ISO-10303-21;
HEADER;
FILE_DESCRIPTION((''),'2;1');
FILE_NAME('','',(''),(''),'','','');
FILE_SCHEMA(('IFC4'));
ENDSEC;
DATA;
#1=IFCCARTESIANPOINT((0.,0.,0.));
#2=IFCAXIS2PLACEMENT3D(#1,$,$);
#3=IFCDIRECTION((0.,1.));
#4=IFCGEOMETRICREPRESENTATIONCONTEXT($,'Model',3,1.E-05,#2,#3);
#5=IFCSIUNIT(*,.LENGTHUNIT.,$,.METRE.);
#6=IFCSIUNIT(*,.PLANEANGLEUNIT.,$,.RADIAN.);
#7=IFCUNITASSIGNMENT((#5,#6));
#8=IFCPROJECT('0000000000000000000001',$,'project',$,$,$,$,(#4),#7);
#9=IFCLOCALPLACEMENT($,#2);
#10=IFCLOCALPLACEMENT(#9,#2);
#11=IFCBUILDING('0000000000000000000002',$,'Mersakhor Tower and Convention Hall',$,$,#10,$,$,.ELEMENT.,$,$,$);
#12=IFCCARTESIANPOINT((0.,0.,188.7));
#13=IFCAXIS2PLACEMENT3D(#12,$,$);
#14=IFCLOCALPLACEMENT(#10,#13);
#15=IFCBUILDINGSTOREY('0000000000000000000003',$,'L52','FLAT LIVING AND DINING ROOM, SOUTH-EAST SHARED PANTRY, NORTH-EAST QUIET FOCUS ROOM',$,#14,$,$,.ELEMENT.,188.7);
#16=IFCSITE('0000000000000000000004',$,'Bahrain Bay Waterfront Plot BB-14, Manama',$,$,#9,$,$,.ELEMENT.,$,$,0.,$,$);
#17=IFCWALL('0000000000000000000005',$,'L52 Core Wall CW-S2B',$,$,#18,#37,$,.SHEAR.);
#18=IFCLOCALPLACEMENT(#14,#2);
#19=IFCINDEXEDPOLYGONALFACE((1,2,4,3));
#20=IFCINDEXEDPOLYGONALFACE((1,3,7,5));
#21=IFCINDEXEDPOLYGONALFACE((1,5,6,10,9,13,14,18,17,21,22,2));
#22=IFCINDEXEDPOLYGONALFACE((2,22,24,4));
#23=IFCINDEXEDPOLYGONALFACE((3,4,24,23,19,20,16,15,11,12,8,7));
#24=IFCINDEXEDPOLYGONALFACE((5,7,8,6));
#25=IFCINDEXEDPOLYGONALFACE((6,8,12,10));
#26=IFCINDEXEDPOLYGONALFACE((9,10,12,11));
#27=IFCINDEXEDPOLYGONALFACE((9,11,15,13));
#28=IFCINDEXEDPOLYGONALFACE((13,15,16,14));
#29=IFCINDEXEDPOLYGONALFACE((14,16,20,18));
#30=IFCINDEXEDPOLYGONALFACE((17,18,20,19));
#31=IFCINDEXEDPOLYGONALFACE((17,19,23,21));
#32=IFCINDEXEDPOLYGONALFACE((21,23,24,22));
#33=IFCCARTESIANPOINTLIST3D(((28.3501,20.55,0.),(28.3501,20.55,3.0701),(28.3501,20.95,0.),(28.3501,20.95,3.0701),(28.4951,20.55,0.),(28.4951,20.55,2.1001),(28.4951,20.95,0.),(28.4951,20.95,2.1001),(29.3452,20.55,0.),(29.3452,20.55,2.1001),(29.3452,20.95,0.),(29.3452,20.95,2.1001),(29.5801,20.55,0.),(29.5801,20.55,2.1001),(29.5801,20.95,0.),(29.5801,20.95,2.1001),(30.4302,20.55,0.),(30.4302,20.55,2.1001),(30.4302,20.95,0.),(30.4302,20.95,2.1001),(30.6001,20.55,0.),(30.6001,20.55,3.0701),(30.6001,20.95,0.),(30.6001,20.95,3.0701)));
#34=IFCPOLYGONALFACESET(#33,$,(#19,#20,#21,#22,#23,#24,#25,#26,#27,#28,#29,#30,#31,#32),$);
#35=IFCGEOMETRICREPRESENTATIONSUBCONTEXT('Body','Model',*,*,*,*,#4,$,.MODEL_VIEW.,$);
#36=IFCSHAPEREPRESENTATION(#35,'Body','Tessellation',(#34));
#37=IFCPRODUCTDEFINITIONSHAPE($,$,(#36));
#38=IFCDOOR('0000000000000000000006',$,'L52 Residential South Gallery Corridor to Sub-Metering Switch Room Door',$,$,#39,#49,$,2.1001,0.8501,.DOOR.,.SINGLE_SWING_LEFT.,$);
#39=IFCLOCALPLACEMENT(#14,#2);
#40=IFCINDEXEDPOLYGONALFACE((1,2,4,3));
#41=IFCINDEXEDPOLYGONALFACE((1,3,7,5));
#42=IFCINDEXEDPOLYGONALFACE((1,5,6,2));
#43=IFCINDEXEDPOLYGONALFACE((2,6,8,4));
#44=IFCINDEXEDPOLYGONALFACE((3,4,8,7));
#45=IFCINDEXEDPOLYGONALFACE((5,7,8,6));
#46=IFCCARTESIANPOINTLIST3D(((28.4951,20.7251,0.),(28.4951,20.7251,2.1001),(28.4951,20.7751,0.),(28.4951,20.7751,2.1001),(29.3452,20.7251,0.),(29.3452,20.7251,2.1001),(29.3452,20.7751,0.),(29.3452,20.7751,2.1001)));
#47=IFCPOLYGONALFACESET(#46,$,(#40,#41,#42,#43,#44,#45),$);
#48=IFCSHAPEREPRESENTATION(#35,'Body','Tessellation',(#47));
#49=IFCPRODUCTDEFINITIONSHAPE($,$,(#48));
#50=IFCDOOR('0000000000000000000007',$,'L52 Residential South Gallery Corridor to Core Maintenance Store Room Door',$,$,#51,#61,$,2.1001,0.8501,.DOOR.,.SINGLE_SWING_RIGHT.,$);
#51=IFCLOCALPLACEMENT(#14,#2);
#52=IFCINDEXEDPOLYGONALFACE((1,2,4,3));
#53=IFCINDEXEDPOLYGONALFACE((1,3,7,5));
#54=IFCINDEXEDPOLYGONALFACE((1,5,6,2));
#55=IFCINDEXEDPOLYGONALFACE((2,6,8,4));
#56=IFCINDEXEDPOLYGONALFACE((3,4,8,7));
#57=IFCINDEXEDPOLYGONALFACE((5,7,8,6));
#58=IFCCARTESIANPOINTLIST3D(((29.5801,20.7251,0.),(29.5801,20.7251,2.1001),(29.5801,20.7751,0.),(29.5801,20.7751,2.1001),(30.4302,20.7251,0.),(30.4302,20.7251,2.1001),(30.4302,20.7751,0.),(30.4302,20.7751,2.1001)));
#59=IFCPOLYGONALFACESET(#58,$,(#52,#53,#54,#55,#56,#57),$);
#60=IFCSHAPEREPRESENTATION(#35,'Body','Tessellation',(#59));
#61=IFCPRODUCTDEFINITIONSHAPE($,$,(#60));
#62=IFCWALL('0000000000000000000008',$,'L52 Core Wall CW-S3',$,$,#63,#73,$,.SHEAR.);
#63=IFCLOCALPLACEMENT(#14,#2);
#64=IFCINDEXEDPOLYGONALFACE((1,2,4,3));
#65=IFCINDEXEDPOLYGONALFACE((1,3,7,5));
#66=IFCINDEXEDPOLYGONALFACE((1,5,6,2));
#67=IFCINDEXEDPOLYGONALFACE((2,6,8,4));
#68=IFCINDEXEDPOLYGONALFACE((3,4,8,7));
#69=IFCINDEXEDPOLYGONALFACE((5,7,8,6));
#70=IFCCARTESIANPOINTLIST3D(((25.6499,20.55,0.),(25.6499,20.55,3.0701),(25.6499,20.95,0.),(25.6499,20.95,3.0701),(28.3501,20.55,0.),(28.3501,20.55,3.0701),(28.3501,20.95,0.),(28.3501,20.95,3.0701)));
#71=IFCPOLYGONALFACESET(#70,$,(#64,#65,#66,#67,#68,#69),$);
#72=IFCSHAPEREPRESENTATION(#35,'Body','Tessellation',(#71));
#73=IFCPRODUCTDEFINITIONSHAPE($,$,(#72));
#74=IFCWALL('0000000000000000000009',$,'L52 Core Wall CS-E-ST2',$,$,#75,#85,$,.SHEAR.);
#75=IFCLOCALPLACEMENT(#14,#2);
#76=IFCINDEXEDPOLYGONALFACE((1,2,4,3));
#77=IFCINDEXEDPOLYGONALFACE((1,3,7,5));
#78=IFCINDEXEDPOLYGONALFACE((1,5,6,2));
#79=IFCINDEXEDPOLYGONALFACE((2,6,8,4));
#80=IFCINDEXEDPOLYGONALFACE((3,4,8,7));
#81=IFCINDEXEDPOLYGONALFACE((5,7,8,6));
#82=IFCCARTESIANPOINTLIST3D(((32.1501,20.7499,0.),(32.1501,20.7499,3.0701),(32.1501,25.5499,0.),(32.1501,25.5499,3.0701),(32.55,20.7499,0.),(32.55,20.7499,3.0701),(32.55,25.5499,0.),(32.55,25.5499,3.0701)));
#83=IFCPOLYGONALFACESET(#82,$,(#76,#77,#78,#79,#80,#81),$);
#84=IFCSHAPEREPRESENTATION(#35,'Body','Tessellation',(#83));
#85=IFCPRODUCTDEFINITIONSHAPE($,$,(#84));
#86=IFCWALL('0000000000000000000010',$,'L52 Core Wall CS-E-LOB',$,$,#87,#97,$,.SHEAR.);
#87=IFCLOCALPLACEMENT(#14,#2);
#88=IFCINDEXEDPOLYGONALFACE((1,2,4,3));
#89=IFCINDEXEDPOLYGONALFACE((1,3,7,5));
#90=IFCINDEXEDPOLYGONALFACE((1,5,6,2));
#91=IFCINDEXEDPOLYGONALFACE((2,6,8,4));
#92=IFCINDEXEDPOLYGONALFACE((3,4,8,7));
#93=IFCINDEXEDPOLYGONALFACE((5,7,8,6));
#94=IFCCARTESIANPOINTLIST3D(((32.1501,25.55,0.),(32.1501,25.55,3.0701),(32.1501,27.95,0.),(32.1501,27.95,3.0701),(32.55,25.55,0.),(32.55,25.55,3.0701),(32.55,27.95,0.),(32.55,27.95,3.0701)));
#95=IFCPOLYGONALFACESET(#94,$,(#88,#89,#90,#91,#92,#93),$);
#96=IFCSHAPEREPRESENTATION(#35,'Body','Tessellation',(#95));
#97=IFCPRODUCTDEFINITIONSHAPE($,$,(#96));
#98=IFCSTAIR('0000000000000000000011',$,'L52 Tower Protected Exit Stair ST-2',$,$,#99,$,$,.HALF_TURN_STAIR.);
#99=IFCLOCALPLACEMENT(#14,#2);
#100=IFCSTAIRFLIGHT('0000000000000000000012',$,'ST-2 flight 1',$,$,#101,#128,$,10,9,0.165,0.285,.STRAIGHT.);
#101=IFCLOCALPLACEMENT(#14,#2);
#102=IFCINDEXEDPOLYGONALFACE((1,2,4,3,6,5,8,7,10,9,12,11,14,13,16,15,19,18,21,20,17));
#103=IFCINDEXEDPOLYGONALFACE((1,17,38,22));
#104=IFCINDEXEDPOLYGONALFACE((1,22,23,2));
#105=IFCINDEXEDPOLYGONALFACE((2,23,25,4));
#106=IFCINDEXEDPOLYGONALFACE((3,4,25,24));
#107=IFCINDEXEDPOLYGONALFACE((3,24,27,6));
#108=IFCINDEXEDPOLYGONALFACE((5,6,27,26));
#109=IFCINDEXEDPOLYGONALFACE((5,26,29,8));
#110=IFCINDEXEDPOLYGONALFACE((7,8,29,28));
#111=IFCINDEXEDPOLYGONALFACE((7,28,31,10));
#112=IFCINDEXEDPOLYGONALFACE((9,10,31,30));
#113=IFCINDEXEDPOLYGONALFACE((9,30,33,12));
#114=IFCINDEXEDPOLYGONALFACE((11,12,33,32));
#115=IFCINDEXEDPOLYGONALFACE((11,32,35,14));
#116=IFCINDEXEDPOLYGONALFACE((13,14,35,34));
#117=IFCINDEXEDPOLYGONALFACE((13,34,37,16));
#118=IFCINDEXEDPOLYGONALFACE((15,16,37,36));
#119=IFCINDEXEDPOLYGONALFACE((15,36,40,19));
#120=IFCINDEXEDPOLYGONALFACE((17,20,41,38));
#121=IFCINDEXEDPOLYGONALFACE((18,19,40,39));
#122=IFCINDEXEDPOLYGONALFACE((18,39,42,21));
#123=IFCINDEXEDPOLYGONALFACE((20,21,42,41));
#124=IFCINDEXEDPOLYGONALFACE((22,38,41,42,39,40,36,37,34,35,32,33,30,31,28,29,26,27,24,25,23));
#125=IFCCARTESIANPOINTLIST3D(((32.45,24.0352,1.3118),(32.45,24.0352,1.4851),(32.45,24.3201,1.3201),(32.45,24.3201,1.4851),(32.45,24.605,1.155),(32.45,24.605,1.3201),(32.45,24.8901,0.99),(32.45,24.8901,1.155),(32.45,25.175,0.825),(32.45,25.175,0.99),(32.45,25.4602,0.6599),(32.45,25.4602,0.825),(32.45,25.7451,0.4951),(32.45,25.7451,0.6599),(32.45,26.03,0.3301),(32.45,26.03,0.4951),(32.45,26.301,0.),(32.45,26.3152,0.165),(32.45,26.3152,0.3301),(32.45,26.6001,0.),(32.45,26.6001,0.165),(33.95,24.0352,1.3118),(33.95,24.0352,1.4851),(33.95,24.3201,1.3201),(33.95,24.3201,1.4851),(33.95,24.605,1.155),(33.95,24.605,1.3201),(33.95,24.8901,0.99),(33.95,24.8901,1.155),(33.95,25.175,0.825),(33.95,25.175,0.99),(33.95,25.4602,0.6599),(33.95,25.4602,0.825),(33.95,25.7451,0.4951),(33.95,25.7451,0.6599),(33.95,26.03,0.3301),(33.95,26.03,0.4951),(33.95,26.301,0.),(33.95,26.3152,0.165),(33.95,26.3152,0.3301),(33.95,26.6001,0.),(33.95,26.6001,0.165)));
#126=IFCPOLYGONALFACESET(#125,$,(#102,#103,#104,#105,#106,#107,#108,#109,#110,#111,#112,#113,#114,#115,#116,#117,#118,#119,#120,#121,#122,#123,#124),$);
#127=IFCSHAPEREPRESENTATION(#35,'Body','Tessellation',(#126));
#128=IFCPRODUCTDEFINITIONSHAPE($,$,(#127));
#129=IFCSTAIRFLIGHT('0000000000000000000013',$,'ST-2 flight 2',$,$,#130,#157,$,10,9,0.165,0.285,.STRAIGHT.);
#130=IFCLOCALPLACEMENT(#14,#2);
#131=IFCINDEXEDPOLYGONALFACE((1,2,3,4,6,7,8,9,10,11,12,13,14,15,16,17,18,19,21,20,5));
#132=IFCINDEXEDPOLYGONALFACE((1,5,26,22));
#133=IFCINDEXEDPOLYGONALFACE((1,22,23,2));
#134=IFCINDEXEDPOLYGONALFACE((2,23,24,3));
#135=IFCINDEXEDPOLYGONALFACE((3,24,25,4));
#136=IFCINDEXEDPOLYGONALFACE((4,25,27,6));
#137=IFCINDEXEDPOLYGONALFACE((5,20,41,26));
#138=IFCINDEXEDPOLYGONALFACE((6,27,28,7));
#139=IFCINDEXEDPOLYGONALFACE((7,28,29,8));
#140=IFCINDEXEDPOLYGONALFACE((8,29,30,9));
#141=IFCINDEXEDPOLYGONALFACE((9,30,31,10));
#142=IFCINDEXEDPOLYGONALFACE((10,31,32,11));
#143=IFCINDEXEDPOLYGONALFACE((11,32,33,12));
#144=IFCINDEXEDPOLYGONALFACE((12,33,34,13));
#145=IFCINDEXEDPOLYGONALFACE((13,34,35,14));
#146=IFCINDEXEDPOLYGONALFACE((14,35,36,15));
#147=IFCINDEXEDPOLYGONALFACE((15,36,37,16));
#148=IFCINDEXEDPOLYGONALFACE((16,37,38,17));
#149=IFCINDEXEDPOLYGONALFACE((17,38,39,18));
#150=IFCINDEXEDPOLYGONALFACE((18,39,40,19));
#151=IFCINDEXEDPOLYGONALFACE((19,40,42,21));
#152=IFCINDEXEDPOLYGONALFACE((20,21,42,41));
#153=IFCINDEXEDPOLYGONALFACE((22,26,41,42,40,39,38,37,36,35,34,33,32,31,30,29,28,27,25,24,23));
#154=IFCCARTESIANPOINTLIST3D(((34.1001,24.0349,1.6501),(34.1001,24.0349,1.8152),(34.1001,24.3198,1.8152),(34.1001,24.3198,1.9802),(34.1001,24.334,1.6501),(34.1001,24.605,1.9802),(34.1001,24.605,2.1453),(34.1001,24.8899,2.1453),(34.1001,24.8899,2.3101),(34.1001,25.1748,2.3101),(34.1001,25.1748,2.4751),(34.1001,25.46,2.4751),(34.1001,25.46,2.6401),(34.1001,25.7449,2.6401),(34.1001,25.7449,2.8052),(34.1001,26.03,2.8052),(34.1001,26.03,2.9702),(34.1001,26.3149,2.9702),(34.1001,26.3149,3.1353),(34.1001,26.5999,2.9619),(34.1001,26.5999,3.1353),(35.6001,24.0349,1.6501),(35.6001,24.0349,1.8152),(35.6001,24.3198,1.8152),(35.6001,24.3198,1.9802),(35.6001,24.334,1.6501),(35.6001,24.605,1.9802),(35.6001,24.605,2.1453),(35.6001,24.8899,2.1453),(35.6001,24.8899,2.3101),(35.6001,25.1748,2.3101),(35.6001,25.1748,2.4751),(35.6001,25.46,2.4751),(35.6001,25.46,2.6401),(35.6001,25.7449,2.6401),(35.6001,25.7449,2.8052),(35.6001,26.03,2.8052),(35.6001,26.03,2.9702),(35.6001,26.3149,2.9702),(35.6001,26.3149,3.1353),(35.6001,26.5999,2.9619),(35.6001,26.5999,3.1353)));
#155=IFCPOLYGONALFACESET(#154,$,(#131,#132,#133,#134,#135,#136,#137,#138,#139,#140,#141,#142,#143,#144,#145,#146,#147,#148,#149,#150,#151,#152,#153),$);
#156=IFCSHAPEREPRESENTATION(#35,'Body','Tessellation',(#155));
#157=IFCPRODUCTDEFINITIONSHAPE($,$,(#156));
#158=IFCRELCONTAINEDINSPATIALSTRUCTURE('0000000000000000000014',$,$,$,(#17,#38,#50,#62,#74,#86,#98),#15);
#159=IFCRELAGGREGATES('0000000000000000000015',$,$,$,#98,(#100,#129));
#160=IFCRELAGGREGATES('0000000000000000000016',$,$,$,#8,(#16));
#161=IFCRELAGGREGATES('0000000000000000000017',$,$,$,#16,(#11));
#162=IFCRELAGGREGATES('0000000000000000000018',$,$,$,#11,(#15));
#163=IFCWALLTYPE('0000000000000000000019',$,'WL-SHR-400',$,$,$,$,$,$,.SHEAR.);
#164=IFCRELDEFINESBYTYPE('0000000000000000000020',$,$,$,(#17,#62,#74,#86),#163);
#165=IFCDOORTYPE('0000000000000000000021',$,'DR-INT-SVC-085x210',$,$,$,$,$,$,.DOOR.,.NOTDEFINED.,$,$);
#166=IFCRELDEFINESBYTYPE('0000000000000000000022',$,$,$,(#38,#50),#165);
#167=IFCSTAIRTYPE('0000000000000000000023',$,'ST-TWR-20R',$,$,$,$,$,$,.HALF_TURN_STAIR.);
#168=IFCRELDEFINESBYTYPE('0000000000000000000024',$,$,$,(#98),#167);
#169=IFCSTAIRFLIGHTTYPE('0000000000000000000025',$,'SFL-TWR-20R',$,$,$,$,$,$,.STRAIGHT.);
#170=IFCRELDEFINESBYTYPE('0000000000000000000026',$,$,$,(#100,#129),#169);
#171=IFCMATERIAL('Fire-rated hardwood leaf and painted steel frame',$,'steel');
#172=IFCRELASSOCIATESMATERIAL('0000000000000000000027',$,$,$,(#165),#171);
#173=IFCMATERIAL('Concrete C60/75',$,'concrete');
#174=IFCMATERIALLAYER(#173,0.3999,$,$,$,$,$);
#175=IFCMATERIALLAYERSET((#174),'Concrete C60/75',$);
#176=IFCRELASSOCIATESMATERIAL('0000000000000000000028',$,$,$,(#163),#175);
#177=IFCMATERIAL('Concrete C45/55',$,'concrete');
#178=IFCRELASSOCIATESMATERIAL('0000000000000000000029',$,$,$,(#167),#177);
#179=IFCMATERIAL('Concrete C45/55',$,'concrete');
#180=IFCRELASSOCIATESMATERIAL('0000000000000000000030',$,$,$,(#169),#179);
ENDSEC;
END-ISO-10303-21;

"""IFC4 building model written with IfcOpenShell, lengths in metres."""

from ifc_helpers import new_model, si_unit, direction, frame, frame_2d, origin, place, context, subcontext, project, spatial, polyline, rectangle, outline, extrude, material, layer, layer_set, type_object, element, fill, aggregate, save


model = new_model("IFC4")

# Units and contexts
model_context = context("Model", 3, precision=1e-05, world=origin(), true_north=direction((0.0, 1.0)))
body_context = subcontext(model_context, "Body", "Model", "MODEL_VIEW")
ifc_project = project(units=[si_unit("LENGTHUNIT", "METRE"), si_unit("PLANEANGLEUNIT", "RADIAN")], contexts=[model_context])

# Site, building, storey
site_placement = place(None, origin())
site = spatial("IfcSite", under=ifc_project, at=site_placement, Name="Bahrain Bay Waterfront Plot BB-14, Manama", CompositionType="ELEMENT", RefElevation=0.0)
building_placement = place(site_placement, origin())
building = spatial("IfcBuilding", under=site, at=building_placement, Name="Mersakhor Tower and Convention Hall", CompositionType="ELEMENT")
storey_placement = place(building_placement, frame((0.0, 0.0, 188.7)))
storey = spatial("IfcBuildingStorey", under=building, at=storey_placement, Name="L52", Description="FLAT LIVING AND DINING ROOM, SOUTH-EAST SHARED PANTRY, NORTH-EAST QUIET FOCUS ROOM", CompositionType="ELEMENT", Elevation=188.7)

# Shared definitions
ifc_material_1 = material(Name="Fire-rated hardwood leaf and painted steel frame", Category="steel")
door_type_1 = type_object("IfcDoorType", Name="DR-INT-SVC-085x210", OperationType="NOTDEFINED", PredefinedType="DOOR", material=ifc_material_1)

# Shared definitions
ifc_material_2 = material(Name="Concrete C60/75", Category="concrete")
ifc_layer_1 = layer(ifc_material_2, 0.3999)
ifc_layer_set_1 = layer_set([ifc_layer_1], Name="Concrete C60/75")
wall_type_1 = type_object("IfcWallType", Name="WL-SHR-400", PredefinedType="SHEAR", material=ifc_layer_set_1)

# Wall, openings, doors
wall_1_placement = place(storey_placement, frame((30.6001, 20.75, 0.0), z_axis=(0.0, 0.0, 1.0), x_axis=(-1.0, 0.0, 0.0)))
wall_1 = element("IfcWall", 1, at=wall_1_placement, inside=storey, type_object=wall_type_1, Name="L52 Core Wall CW-S2B", PredefinedType="SHEAR", context=body_context, shape_type="SweptSolid", body=[
    extrude(rectangle(XDim=2.25, YDim=0.3999, at=frame_2d((1.125, 0.0))), origin(), (0.0, 0.0, 1.0), 3.0701),
])
opening_1_placement = place(wall_1_placement, frame((1.2549, 0.0, 0.0)))
opening_1 = element("IfcOpeningElement", 2, at=opening_1_placement, cuts=wall_1, PredefinedType="OPENING", context=body_context, shape_type="SweptSolid", body=[
    extrude(rectangle(XDim=0.8501, YDim=2.1001, at=frame_2d((0.425, 1.05))), frame((0.0, 0.21, 0.0), z_axis=(0.0, -1.0, 0.0), x_axis=(1.0, 0.0, 0.0)), (0.0, 0.0, 1.0), 0.4199),
])
opening_2_placement = place(wall_1_placement, frame((0.1699, 0.0, 0.0)))
opening_2 = element("IfcOpeningElement", 3, at=opening_2_placement, cuts=wall_1, PredefinedType="OPENING", context=body_context, shape_type="SweptSolid", body=[
    extrude(rectangle(XDim=0.8501, YDim=2.1001, at=frame_2d((0.425, 1.05))), frame((0.0, 0.21, 0.0), z_axis=(0.0, -1.0, 0.0), x_axis=(1.0, 0.0, 0.0)), (0.0, 0.0, 1.0), 0.4199),
])
door_1_placement = place(opening_1_placement, origin())
door_1 = element("IfcDoor", 4, at=door_1_placement, inside=storey, type_object=door_type_1, Name="L52 Residential South Gallery Corridor to Sub-Metering Switch Room Door", OperationType="SINGLE_SWING_LEFT", OverallHeight=2.1001, OverallWidth=0.8501, PredefinedType="DOOR", context=body_context, shape_type="SweptSolid", body=[
    extrude(rectangle(XDim=0.8501, YDim=2.1001, at=frame_2d((0.425, 1.05))), frame((0.0, 0.0249, 0.0), z_axis=(0.0, -1.0, 0.0), x_axis=(1.0, 0.0, 0.0)), (0.0, 0.0, 1.0), 0.05),
])
fill(opening_1, door_1)
door_2_placement = place(opening_2_placement, origin())
door_2 = element("IfcDoor", 5, at=door_2_placement, inside=storey, type_object=door_type_1, Name="L52 Residential South Gallery Corridor to Core Maintenance Store Room Door", OperationType="SINGLE_SWING_RIGHT", OverallHeight=2.1001, OverallWidth=0.8501, PredefinedType="DOOR", context=body_context, shape_type="SweptSolid", body=[
    extrude(rectangle(XDim=0.8501, YDim=2.1001, at=frame_2d((0.425, 1.05))), frame((0.0, 0.0249, 0.0), z_axis=(0.0, -1.0, 0.0), x_axis=(1.0, 0.0, 0.0)), (0.0, 0.0, 1.0), 0.05),
])
fill(opening_2, door_2)

# Walls
wall_2_placement = place(storey_placement, frame((28.3501, 20.75, 0.0), z_axis=(0.0, 0.0, 1.0), x_axis=(-1.0, 0.0, 0.0)))
element("IfcWall", 6, at=wall_2_placement, inside=storey, type_object=wall_type_1, Name="L52 Core Wall CW-S3", PredefinedType="SHEAR", context=body_context, shape_type="SweptSolid", body=[
    extrude(rectangle(XDim=2.7002, YDim=0.3999, at=frame_2d((1.3501, 0.0))), origin(), (0.0, 0.0, 1.0), 3.0701),
])
wall_3_placement = place(storey_placement, frame((32.3501, 20.75, 0.0), z_axis=(0.0, 0.0, 1.0), x_axis=(0.0, 1.0, 0.0)))
element("IfcWall", 7, at=wall_3_placement, inside=storey, type_object=wall_type_1, Name="L52 Core Wall CS-E-ST2", PredefinedType="SHEAR", context=body_context, shape_type="SweptSolid", body=[
    extrude(rectangle(XDim=4.8, YDim=0.3999, at=frame_2d((2.3999, 0.0))), origin(), (0.0, 0.0, 1.0), 3.0701),
])
wall_4_placement = place(storey_placement, frame((32.3501, 25.55, 0.0), z_axis=(0.0, 0.0, 1.0), x_axis=(0.0, 1.0, 0.0)))
element("IfcWall", 8, at=wall_4_placement, inside=storey, type_object=wall_type_1, Name="L52 Core Wall CS-E-LOB", PredefinedType="SHEAR", context=body_context, shape_type="SweptSolid", body=[
    extrude(rectangle(XDim=2.3999, YDim=0.3999, at=frame_2d((1.2, 0.0))), origin(), (0.0, 0.0, 1.0), 3.0701),
])

# Stair, stair flights
ifc_material_3 = material(Name="Concrete C45/55", Category="concrete")
stair_type = type_object("IfcStairType", Name="ST-TWR-20R", PredefinedType="HALF_TURN_STAIR", material=ifc_material_3)
stair_placement = place(storey_placement, origin())
stair = element("IfcStair", 9, at=stair_placement, inside=storey, type_object=stair_type, Name="L52 Tower Protected Exit Stair ST-2", PredefinedType="HALF_TURN_STAIR")
ifc_material_4 = material(Name="Concrete C45/55", Category="concrete")
stair_flight_type = type_object("IfcStairFlightType", Name="SFL-TWR-20R", PredefinedType="STRAIGHT", material=ifc_material_4)
stair_flight_1_placement = place(storey_placement, frame((33.2, 26.6001, 0.0), z_axis=(0.0, 0.0, 1.0), x_axis=(0.0, -1.0, 0.0)))
stair_flight_1 = element("IfcStairFlight", 10, at=stair_flight_1_placement, type_object=stair_flight_type, Name="ST-2 flight 1", NumberOfRisers=10, NumberOfTreads=9, PredefinedType="STRAIGHT", RiserHeight=0.165, TreadLength=0.285, context=body_context, shape_type="SweptSolid", body=[
    extrude(outline(polyline([(0.0, 0.0), (0.0, 0.165), (0.2849, 0.165), (0.2849, 0.3301), (0.5701, 0.3301), (0.5701, 0.4951), (0.855, 0.4951), (0.855, 0.6599), (1.1399, 0.6599), (1.1399, 0.825), (1.425, 0.825), (1.425, 0.99), (1.71, 0.99), (1.71, 1.155), (1.9951, 1.155), (1.9951, 1.3201), (2.28, 1.3201), (2.28, 1.4851), (2.5649, 1.4851), (2.5649, 1.6499), (2.5649, 1.3118), (0.2991, 0.0), (0.0, 0.0)])), frame((0.0, 0.75, 0.0), z_axis=(0.0, -1.0, 0.0), x_axis=(1.0, 0.0, 0.0)), (0.0, 0.0, 1.0), 1.5),
])
stair_flight_2_placement = place(storey_placement, frame((34.8501, 24.0349, 1.6501), z_axis=(0.0, 0.0, 1.0), x_axis=(0.0, 1.0, 0.0)))
stair_flight_2 = element("IfcStairFlight", 11, at=stair_flight_2_placement, type_object=stair_flight_type, Name="ST-2 flight 2", NumberOfRisers=10, NumberOfTreads=9, PredefinedType="STRAIGHT", RiserHeight=0.165, TreadLength=0.285, context=body_context, shape_type="SweptSolid", body=[
    extrude(outline(polyline([(0.0, 0.0), (0.0, 0.165), (0.2849, 0.165), (0.2849, 0.3301), (0.5701, 0.3301), (0.5701, 0.4951), (0.855, 0.4951), (0.855, 0.6599), (1.1399, 0.6599), (1.1399, 0.825), (1.425, 0.825), (1.425, 0.99), (1.71, 0.99), (1.71, 1.155), (1.9951, 1.155), (1.9951, 1.3201), (2.28, 1.3201), (2.28, 1.4851), (2.5649, 1.4851), (2.5649, 1.6499), (2.5649, 1.3118), (0.2991, 0.0), (0.0, 0.0)])), frame((0.0, 0.75, 0.0), z_axis=(0.0, -1.0, 0.0), x_axis=(1.0, 0.0, 0.0)), (0.0, 0.0, 1.0), 1.5),
])
aggregate(stair, [stair_flight_1, stair_flight_2])

save(model, "model.ifc")
